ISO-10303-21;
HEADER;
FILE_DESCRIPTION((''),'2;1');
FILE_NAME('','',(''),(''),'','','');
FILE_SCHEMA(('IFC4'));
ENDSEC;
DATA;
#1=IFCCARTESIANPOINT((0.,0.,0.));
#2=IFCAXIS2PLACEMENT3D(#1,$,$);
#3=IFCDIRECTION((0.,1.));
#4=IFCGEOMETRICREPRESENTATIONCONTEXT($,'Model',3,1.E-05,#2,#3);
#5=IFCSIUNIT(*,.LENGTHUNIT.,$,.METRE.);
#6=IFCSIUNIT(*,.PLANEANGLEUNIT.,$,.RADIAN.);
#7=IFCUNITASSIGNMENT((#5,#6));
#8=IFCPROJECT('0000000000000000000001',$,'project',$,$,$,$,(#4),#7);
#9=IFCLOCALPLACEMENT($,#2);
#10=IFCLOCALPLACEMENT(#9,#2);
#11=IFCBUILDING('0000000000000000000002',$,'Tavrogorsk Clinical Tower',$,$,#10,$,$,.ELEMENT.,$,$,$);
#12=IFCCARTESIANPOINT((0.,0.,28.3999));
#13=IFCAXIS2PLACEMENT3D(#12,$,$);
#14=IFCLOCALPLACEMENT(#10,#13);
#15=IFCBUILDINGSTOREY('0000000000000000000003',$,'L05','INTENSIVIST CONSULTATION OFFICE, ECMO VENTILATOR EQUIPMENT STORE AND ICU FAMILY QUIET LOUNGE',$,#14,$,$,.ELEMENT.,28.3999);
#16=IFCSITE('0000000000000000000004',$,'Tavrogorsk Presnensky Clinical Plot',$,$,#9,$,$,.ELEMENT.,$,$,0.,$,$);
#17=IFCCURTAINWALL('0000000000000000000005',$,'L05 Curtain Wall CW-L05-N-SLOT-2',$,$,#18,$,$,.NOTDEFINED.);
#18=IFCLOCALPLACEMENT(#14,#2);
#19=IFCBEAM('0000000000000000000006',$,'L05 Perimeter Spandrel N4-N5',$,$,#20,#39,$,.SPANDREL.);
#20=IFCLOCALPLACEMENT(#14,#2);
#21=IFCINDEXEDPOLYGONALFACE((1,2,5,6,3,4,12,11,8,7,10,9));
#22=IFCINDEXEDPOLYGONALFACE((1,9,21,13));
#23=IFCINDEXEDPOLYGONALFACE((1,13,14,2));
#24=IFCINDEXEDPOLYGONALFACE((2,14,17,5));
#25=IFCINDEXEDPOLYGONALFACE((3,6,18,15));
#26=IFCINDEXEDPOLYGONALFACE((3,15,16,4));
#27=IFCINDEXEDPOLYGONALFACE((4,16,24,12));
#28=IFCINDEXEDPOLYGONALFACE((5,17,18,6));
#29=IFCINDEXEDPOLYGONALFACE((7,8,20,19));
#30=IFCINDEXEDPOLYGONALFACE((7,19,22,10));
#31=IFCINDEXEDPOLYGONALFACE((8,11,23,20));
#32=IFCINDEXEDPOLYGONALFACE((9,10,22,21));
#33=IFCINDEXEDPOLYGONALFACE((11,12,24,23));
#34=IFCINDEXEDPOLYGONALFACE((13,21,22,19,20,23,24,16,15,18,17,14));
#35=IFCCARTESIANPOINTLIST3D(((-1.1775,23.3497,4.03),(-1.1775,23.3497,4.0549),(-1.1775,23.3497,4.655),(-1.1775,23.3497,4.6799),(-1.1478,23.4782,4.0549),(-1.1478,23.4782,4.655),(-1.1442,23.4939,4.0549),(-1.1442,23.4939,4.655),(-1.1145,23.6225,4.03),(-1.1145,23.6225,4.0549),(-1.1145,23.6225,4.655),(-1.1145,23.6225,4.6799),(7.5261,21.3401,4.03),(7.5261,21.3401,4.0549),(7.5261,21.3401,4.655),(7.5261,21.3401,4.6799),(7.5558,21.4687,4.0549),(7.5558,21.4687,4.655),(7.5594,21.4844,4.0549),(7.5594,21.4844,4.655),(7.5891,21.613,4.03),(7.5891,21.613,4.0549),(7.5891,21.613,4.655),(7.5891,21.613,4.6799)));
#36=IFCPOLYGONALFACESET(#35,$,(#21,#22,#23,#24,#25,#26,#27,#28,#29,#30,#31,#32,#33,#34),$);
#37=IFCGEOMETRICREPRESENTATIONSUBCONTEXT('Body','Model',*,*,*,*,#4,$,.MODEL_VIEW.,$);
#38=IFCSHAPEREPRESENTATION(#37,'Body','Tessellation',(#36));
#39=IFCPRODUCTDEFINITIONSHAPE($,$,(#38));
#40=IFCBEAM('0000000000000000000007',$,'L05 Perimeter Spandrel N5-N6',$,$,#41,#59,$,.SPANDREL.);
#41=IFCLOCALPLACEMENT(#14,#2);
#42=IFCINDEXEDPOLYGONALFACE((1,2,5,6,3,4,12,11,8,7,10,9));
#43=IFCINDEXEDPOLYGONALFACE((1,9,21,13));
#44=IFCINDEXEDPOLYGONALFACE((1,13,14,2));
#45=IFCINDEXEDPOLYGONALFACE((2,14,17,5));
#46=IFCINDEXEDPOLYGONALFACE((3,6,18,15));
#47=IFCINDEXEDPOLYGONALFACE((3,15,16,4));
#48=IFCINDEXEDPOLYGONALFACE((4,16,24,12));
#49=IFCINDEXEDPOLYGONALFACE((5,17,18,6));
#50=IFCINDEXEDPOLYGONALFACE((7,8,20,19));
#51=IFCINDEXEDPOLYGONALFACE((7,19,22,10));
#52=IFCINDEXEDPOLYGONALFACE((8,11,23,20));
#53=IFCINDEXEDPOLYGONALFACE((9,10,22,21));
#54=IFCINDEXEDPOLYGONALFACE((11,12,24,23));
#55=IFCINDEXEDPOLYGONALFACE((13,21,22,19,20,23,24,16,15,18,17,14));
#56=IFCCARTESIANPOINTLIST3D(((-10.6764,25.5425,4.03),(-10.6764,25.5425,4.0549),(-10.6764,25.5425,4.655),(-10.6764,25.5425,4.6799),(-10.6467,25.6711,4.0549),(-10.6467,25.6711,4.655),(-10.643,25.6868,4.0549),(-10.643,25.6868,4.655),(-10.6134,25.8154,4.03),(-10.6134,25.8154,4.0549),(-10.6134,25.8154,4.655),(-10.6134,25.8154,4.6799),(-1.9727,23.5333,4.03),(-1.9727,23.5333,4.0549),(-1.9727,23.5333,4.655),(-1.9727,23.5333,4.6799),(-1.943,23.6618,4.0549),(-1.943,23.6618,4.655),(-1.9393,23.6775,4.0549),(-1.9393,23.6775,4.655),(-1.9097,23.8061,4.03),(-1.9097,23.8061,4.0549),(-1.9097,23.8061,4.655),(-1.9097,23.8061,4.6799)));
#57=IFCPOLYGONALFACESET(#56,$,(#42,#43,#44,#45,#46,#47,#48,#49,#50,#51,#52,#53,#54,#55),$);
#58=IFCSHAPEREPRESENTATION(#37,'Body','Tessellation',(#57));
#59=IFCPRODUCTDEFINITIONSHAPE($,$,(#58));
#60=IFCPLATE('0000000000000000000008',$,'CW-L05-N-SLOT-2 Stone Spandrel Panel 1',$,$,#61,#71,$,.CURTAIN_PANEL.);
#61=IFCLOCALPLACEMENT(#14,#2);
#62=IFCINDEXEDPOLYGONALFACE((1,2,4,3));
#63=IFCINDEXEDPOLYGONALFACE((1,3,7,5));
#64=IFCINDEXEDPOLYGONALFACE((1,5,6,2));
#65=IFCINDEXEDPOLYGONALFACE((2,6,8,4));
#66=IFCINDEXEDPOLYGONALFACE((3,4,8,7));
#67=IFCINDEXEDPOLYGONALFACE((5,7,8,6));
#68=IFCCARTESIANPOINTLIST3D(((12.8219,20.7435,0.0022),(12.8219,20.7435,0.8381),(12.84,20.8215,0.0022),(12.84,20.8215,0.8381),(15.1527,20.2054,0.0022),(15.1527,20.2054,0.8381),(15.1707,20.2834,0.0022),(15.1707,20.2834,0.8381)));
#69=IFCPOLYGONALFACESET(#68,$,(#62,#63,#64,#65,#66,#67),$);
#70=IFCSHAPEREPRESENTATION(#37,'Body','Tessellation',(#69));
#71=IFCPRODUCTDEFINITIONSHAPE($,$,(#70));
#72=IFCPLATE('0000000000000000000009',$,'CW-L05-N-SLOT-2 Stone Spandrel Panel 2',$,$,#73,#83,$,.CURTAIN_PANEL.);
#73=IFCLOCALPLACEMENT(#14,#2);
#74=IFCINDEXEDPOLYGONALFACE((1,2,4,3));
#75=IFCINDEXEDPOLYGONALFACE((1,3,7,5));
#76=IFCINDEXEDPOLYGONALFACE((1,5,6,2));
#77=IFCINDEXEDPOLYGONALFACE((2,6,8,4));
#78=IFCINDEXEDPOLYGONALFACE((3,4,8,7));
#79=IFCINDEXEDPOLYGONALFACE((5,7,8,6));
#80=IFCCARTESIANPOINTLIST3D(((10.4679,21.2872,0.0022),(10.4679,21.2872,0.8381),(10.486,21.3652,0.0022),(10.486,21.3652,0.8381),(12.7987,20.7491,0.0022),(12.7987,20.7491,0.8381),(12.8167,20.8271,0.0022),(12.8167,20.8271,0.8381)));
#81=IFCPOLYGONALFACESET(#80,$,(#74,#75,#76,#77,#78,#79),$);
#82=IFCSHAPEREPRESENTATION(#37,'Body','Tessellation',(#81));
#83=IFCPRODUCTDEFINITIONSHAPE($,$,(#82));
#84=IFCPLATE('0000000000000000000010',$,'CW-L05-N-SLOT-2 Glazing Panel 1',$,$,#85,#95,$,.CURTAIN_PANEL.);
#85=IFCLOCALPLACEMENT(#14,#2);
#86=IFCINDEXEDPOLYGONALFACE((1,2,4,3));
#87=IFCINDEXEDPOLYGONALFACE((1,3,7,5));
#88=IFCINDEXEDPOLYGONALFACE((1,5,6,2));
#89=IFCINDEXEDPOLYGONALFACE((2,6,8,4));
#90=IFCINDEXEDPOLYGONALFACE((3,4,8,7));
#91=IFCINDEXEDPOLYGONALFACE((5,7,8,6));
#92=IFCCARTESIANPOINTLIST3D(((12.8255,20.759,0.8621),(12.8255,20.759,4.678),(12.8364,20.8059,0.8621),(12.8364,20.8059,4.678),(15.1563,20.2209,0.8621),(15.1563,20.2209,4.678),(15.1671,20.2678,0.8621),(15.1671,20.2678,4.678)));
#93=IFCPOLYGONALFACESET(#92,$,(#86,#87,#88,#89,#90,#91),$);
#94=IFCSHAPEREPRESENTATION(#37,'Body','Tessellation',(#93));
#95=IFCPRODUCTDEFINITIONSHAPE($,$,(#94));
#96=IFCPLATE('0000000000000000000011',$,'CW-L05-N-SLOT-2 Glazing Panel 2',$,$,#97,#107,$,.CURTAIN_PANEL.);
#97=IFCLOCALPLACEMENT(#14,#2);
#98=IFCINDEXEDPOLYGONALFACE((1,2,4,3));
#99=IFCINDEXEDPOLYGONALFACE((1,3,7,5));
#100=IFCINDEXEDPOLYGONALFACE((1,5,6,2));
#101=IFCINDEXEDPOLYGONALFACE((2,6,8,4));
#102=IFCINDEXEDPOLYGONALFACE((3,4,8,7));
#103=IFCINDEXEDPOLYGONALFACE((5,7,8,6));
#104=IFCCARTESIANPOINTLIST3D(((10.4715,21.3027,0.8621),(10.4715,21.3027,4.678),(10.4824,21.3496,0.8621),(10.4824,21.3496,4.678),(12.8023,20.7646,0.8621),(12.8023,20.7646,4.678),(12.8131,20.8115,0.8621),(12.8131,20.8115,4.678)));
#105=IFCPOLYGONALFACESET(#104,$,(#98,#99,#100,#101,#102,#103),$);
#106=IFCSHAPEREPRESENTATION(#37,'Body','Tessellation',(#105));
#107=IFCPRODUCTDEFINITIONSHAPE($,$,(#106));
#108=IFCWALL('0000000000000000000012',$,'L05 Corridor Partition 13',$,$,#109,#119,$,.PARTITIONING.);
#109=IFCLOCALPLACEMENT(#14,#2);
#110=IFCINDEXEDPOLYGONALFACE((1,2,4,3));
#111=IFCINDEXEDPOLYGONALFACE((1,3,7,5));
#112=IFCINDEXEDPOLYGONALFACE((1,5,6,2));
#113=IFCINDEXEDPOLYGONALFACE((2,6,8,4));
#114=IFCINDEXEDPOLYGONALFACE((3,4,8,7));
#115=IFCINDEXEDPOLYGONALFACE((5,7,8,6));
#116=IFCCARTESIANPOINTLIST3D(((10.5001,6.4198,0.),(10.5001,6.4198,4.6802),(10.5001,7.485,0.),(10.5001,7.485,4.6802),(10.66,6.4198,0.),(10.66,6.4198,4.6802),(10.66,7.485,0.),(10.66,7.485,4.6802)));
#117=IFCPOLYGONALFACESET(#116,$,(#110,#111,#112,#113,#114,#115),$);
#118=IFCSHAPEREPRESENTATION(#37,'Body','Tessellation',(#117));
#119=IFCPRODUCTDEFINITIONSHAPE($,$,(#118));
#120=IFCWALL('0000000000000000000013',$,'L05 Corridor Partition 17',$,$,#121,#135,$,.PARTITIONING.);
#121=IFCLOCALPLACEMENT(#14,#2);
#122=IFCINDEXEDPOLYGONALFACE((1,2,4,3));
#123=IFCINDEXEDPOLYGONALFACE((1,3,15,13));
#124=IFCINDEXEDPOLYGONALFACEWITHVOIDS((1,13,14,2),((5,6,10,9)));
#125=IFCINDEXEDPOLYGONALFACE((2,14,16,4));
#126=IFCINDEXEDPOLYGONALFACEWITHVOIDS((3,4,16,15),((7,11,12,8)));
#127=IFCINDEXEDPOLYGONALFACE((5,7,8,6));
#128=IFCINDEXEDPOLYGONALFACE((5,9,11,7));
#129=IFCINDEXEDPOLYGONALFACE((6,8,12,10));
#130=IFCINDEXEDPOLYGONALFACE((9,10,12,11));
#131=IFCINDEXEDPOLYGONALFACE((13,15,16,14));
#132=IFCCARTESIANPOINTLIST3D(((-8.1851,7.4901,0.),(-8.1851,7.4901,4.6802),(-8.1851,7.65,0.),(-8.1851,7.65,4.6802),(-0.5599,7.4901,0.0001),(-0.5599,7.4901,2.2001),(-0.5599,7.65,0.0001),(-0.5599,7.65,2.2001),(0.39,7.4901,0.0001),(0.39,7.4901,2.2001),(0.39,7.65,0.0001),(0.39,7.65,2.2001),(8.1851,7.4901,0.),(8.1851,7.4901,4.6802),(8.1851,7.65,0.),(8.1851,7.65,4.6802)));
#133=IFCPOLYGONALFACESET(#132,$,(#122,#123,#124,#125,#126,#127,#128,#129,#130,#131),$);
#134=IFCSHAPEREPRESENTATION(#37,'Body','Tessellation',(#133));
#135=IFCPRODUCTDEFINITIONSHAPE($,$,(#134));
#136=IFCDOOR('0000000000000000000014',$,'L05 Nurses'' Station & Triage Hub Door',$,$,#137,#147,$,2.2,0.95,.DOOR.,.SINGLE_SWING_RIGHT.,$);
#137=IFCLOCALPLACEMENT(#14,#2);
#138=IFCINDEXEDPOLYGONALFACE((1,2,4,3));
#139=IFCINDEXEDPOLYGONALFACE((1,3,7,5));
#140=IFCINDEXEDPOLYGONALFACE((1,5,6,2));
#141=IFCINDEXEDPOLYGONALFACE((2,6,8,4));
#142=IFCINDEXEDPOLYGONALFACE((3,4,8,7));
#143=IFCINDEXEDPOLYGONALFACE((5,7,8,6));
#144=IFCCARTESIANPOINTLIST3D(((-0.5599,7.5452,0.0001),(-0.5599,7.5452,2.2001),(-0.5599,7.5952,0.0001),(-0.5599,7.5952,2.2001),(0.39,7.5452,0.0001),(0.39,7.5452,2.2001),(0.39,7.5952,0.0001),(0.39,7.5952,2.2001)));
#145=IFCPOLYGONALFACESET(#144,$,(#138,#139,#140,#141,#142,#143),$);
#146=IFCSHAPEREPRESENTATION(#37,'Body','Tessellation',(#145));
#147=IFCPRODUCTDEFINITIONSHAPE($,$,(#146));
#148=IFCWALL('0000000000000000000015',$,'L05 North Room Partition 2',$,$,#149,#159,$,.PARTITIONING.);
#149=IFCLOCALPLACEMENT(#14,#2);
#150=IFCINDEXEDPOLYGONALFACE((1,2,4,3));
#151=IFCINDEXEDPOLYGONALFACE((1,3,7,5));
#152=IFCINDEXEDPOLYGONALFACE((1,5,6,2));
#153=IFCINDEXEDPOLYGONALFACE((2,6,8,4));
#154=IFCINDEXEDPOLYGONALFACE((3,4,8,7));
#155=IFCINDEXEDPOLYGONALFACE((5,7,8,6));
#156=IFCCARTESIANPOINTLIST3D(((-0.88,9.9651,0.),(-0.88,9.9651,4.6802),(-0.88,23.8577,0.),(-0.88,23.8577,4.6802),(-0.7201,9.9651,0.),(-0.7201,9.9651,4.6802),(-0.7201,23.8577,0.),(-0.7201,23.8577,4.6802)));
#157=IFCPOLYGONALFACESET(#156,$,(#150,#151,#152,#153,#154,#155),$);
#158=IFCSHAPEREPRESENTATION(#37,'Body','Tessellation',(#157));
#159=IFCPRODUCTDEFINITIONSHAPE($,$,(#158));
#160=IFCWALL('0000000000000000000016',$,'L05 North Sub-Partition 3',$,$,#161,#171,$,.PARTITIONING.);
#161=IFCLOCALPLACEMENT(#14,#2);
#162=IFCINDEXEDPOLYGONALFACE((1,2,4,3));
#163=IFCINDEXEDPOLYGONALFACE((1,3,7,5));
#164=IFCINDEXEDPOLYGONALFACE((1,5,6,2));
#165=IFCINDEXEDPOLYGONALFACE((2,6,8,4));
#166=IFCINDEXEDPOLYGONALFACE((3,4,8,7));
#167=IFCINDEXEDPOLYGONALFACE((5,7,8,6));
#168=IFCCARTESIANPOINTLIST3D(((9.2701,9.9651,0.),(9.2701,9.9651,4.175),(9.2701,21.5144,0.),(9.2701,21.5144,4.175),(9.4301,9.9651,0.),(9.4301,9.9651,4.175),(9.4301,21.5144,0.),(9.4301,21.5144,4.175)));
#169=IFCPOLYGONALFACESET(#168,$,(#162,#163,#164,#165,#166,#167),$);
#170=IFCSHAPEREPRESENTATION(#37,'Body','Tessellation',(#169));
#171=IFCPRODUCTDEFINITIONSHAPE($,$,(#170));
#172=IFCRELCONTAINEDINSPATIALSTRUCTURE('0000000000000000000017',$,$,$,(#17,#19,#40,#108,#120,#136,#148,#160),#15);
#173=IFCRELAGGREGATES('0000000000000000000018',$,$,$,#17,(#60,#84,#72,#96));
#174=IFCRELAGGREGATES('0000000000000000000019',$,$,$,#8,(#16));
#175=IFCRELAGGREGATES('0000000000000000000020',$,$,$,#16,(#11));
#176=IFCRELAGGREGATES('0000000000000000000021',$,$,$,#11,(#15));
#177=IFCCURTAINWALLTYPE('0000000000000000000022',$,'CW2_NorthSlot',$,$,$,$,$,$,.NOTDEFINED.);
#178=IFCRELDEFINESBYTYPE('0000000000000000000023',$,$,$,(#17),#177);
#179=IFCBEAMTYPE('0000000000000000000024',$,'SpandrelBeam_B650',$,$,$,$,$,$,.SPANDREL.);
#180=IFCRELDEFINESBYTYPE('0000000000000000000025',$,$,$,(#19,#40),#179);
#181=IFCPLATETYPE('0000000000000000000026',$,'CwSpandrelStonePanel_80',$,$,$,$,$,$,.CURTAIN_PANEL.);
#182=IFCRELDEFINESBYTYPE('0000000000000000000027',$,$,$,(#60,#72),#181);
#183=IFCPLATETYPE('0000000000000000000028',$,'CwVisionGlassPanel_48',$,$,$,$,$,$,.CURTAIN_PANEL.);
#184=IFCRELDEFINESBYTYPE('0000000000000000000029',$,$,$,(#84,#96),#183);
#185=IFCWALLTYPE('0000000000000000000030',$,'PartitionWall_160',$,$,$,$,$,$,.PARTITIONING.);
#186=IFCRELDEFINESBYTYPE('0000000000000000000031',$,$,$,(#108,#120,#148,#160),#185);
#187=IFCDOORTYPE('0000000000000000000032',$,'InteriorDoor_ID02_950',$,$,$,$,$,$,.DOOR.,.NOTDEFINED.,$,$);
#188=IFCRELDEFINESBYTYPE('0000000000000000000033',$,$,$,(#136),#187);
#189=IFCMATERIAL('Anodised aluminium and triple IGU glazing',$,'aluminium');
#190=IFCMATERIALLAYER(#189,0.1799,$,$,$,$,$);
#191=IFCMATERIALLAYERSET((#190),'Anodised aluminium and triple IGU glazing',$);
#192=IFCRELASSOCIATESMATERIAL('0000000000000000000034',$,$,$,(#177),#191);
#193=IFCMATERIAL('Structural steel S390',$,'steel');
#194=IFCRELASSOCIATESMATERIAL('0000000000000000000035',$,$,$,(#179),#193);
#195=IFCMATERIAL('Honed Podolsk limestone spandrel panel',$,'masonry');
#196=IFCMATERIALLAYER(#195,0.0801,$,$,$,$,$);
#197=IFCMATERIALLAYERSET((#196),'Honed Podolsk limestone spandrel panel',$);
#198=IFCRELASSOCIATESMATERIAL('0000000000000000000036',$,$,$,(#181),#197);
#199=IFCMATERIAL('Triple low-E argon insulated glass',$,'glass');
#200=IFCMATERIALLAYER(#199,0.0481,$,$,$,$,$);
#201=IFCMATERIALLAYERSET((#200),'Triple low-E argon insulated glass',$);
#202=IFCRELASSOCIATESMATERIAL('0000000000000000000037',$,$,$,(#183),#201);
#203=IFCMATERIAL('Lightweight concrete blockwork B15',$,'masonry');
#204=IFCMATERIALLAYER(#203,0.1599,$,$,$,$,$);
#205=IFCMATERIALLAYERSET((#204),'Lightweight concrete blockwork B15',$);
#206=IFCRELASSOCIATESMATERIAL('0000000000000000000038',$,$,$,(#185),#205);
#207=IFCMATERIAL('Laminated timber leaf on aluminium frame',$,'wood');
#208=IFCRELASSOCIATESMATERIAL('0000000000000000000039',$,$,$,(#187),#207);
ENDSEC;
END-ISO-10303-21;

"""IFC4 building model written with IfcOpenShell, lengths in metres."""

from ifc_helpers import new_model, si_unit, direction, frame, frame_2d, origin, origin_2d, place, context, subcontext, project, spatial, rectangle, i_section, extrude, material, layer, layer_set, material_profile, profile_set, type_object, element, fill, aggregate, save


model = new_model("IFC4")

# Units and contexts
model_context = context("Model", 3, precision=1e-05, world=origin(), true_north=direction((0.0, 1.0)))
body_context = subcontext(model_context, "Body", "Model", "MODEL_VIEW")
ifc_project = project(units=[si_unit("LENGTHUNIT", "METRE"), si_unit("PLANEANGLEUNIT", "RADIAN")], contexts=[model_context])

# Site, building, storey
site_placement = place(None, origin())
site = spatial("IfcSite", under=ifc_project, at=site_placement, Name="Tavrogorsk Presnensky Clinical Plot", CompositionType="ELEMENT", RefElevation=0.0)
building_placement = place(site_placement, origin())
building = spatial("IfcBuilding", under=site, at=building_placement, Name="Tavrogorsk Clinical Tower", CompositionType="ELEMENT")
storey_placement = place(building_placement, frame((0.0, 0.0, 28.3999)))
storey = spatial("IfcBuildingStorey", under=building, at=storey_placement, Name="L05", Description="INTENSIVIST CONSULTATION OFFICE, ECMO VENTILATOR EQUIPMENT STORE AND ICU FAMILY QUIET LOUNGE", CompositionType="ELEMENT", Elevation=28.3999)

# Curtain wall
ifc_material_1 = material(Name="Anodised aluminium and triple IGU glazing", Category="aluminium")
ifc_layer_1 = layer(ifc_material_1, 0.1799)
ifc_layer_set_1 = layer_set([ifc_layer_1], Name="Anodised aluminium and triple IGU glazing")
curtain_wall_type = type_object("IfcCurtainWallType", Name="CW2_NorthSlot", PredefinedType="NOTDEFINED", material=ifc_layer_set_1)
curtain_wall_placement = place(storey_placement, origin())
curtain_wall = element("IfcCurtainWall", 1, at=curtain_wall_placement, inside=storey, type_object=curtain_wall_type, Name="L05 Curtain Wall CW-L05-N-SLOT-2", PredefinedType="NOTDEFINED")

# Beams
ifc_material_2 = material(Name="Structural steel S390", Category="steel")
ifc_material_profile_1 = material_profile(ifc_material_2, i_section(OverallWidth=0.28, OverallDepth=0.6499, WebThickness=0.0161, FlangeThickness=0.0249, at=origin_2d()), Name="B-650x280x16x25")
ifc_profile_set_1 = profile_set([ifc_material_profile_1], Name="Structural steel S390")
beam_type_1 = type_object("IfcBeamType", Name="SpandrelBeam_B650", PredefinedType="SPANDREL", material=ifc_profile_set_1)
for number, where, z_axis, x_axis, name in (
    (2, (7.5576, 21.4766, 4.355), (-0.974367, 0.224965, 0.0), (-0.224965, -0.974367, 0.0), "L05 Perimeter Spandrel N4-N5"),
    (3, (-1.9412, 23.6697, 4.355), (-0.974373, 0.224939, 0.0), (-0.224939, -0.974373, 0.0), "L05 Perimeter Spandrel N5-N6"),
):
    element("IfcBeam", number, at=place(storey_placement, frame(where, z_axis=z_axis, x_axis=x_axis)), inside=storey, type_object=beam_type_1, Name=name, PredefinedType="SPANDREL", context=body_context, shape_type="SweptSolid", body=[
        extrude(i_section(OverallWidth=0.28, OverallDepth=0.6499, WebThickness=0.0161, FlangeThickness=0.0249, at=origin_2d()), origin(), (0.0, 0.0, 1.0), 8.9326),
    ])

# Plates
ifc_material_3 = material(Name="Honed Podolsk limestone spandrel panel", Category="masonry")
ifc_layer_2 = layer(ifc_material_3, 0.0801)
ifc_layer_set_2 = layer_set([ifc_layer_2], Name="Honed Podolsk limestone spandrel panel")
plate_type_1 = type_object("IfcPlateType", Name="CwSpandrelStonePanel_80", PredefinedType="CURTAIN_PANEL", material=ifc_layer_set_2)
plate_1_placement = place(storey_placement, frame((13.9963, 20.5134, 0.0022), z_axis=(0.0, 0.0, 1.0), x_axis=(-0.97437, 0.224951, 0.0)))
plate_1 = element("IfcPlate", 4, at=plate_1_placement, type_object=plate_type_1, Name="CW-L05-N-SLOT-2 Stone Spandrel Panel 1", PredefinedType="CURTAIN_PANEL", context=body_context, shape_type="SweptSolid", body=[
    extrude(rectangle(XDim=2.3921, YDim=0.0801, at=origin_2d()), origin(), (0.0, 0.0, 1.0), 0.8359),
])
plate_2_placement = place(storey_placement, frame((11.6423, 21.0571, 0.0022), z_axis=(0.0, 0.0, 1.0), x_axis=(-0.97437, 0.224951, 0.0)))
plate_2 = element("IfcPlate", 5, at=plate_2_placement, type_object=plate_type_1, Name="CW-L05-N-SLOT-2 Stone Spandrel Panel 2", PredefinedType="CURTAIN_PANEL", context=body_context, shape_type="SweptSolid", body=[
    extrude(rectangle(XDim=2.3921, YDim=0.0801, at=origin_2d()), origin(), (0.0, 0.0, 1.0), 0.8359),
])
ifc_material_4 = material(Name="Triple low-E argon insulated glass", Category="glass")
ifc_layer_3 = layer(ifc_material_4, 0.0481)
ifc_layer_set_3 = layer_set([ifc_layer_3], Name="Triple low-E argon insulated glass")
plate_type_2 = type_object("IfcPlateType", Name="CwVisionGlassPanel_48", PredefinedType="CURTAIN_PANEL", material=ifc_layer_set_3)
plate_3_placement = place(storey_placement, frame((13.9963, 20.5134, 0.8621), z_axis=(0.0, 0.0, 1.0), x_axis=(-0.97437, 0.224951, 0.0)))
plate_3 = element("IfcPlate", 6, at=plate_3_placement, type_object=plate_type_2, Name="CW-L05-N-SLOT-2 Glazing Panel 1", PredefinedType="CURTAIN_PANEL", context=body_context, shape_type="SweptSolid", body=[
    extrude(rectangle(XDim=2.3921, YDim=0.0481, at=origin_2d()), origin(), (0.0, 0.0, 1.0), 3.8159),
])
plate_4_placement = place(storey_placement, frame((11.6423, 21.0571, 0.8621), z_axis=(0.0, 0.0, 1.0), x_axis=(-0.97437, 0.224951, 0.0)))
plate_4 = element("IfcPlate", 7, at=plate_4_placement, type_object=plate_type_2, Name="CW-L05-N-SLOT-2 Glazing Panel 2", PredefinedType="CURTAIN_PANEL", context=body_context, shape_type="SweptSolid", body=[
    extrude(rectangle(XDim=2.3921, YDim=0.0481, at=origin_2d()), origin(), (0.0, 0.0, 1.0), 3.8159),
])
aggregate(curtain_wall, [plate_1, plate_3, plate_2, plate_4])

# Wall
ifc_material_5 = material(Name="Lightweight concrete blockwork B15", Category="masonry")
ifc_layer_4 = layer(ifc_material_5, 0.1599)
ifc_layer_set_4 = layer_set([ifc_layer_4], Name="Lightweight concrete blockwork B15")
wall_type_1 = type_object("IfcWallType", Name="PartitionWall_160", PredefinedType="PARTITIONING", material=ifc_layer_set_4)
wall_1_placement = place(storey_placement, frame((10.5801, 7.4851, 0.0), z_axis=(0.0, 0.0, 1.0), x_axis=(0.0, -1.0, 0.0)))
element("IfcWall", 8, at=wall_1_placement, inside=storey, type_object=wall_type_1, Name="L05 Corridor Partition 13", PredefinedType="PARTITIONING", context=body_context, shape_type="SweptSolid", body=[
    extrude(rectangle(XDim=1.0652, YDim=0.1599, at=frame_2d((0.5327, 0.0))), origin(), (0.0, 0.0, 1.0), 4.6802),
])

# Wall, opening, door
wall_2_placement = place(storey_placement, frame((8.1851, 7.5701, 0.0), z_axis=(0.0, 0.0, 1.0), x_axis=(-1.0, 0.0, 0.0)))
wall_2 = element("IfcWall", 9, at=wall_2_placement, inside=storey, type_object=wall_type_1, Name="L05 Corridor Partition 17", PredefinedType="PARTITIONING", context=body_context, shape_type="SweptSolid", body=[
    extrude(rectangle(XDim=16.3701, YDim=0.1599, at=frame_2d((8.1851, 0.0))), origin(), (0.0, 0.0, 1.0), 4.6802),
])
opening_1_placement = place(wall_2_placement, frame((7.7949, 0.0, 0.0)))
opening_1 = element("IfcOpeningElement", 10, at=opening_1_placement, cuts=wall_2, PredefinedType="OPENING", context=body_context, shape_type="SweptSolid", body=[
    extrude(rectangle(XDim=0.95, YDim=2.2, at=frame_2d((0.4751, 1.1001))), frame((0.0, 0.0898, 0.0), z_axis=(0.0, -1.0, 0.0), x_axis=(1.0, 0.0, 0.0)), (0.0, 0.0, 1.0), 0.1799),
])
ifc_material_6 = material(Name="Laminated timber leaf on aluminium frame", Category="wood")
door_type = type_object("IfcDoorType", Name="InteriorDoor_ID02_950", OperationType="NOTDEFINED", PredefinedType="DOOR", material=ifc_material_6)
door_placement = place(opening_1_placement, origin())
door = element("IfcDoor", 11, at=door_placement, inside=storey, type_object=door_type, Name="L05 Nurses' Station & Triage Hub Door", OperationType="SINGLE_SWING_RIGHT", OverallHeight=2.2, OverallWidth=0.95, PredefinedType="DOOR", context=body_context, shape_type="SweptSolid", body=[
    extrude(rectangle(XDim=0.95, YDim=2.2, at=frame_2d((0.4751, 1.1001))), frame((0.0, 0.0249, 0.0), z_axis=(0.0, -1.0, 0.0), x_axis=(1.0, 0.0, 0.0)), (0.0, 0.0, 1.0), 0.05),
])
fill(opening_1, door)

# Walls
wall_3_placement = place(storey_placement, frame((-0.8, 9.9651, 0.0), z_axis=(0.0, 0.0, 1.0), x_axis=(0.0, 1.0, 0.0)))
element("IfcWall", 12, at=wall_3_placement, inside=storey, type_object=wall_type_1, Name="L05 North Room Partition 2", PredefinedType="PARTITIONING", context=body_context, shape_type="SweptSolid", body=[
    extrude(rectangle(XDim=13.8926, YDim=0.1599, at=frame_2d((6.9463, 0.0))), origin(), (0.0, 0.0, 1.0), 4.6802),
])
wall_4_placement = place(storey_placement, frame((9.3501, 9.9651, 0.0), z_axis=(0.0, 0.0, 1.0), x_axis=(0.0, 1.0, 0.0)))
element("IfcWall", 13, at=wall_4_placement, inside=storey, type_object=wall_type_1, Name="L05 North Sub-Partition 3", PredefinedType="PARTITIONING", context=body_context, shape_type="SweptSolid", body=[
    extrude(rectangle(XDim=11.5493, YDim=0.1599, at=frame_2d((5.7747, 0.0))), origin(), (0.0, 0.0, 1.0), 4.175),
])

save(model, "model.ifc")
